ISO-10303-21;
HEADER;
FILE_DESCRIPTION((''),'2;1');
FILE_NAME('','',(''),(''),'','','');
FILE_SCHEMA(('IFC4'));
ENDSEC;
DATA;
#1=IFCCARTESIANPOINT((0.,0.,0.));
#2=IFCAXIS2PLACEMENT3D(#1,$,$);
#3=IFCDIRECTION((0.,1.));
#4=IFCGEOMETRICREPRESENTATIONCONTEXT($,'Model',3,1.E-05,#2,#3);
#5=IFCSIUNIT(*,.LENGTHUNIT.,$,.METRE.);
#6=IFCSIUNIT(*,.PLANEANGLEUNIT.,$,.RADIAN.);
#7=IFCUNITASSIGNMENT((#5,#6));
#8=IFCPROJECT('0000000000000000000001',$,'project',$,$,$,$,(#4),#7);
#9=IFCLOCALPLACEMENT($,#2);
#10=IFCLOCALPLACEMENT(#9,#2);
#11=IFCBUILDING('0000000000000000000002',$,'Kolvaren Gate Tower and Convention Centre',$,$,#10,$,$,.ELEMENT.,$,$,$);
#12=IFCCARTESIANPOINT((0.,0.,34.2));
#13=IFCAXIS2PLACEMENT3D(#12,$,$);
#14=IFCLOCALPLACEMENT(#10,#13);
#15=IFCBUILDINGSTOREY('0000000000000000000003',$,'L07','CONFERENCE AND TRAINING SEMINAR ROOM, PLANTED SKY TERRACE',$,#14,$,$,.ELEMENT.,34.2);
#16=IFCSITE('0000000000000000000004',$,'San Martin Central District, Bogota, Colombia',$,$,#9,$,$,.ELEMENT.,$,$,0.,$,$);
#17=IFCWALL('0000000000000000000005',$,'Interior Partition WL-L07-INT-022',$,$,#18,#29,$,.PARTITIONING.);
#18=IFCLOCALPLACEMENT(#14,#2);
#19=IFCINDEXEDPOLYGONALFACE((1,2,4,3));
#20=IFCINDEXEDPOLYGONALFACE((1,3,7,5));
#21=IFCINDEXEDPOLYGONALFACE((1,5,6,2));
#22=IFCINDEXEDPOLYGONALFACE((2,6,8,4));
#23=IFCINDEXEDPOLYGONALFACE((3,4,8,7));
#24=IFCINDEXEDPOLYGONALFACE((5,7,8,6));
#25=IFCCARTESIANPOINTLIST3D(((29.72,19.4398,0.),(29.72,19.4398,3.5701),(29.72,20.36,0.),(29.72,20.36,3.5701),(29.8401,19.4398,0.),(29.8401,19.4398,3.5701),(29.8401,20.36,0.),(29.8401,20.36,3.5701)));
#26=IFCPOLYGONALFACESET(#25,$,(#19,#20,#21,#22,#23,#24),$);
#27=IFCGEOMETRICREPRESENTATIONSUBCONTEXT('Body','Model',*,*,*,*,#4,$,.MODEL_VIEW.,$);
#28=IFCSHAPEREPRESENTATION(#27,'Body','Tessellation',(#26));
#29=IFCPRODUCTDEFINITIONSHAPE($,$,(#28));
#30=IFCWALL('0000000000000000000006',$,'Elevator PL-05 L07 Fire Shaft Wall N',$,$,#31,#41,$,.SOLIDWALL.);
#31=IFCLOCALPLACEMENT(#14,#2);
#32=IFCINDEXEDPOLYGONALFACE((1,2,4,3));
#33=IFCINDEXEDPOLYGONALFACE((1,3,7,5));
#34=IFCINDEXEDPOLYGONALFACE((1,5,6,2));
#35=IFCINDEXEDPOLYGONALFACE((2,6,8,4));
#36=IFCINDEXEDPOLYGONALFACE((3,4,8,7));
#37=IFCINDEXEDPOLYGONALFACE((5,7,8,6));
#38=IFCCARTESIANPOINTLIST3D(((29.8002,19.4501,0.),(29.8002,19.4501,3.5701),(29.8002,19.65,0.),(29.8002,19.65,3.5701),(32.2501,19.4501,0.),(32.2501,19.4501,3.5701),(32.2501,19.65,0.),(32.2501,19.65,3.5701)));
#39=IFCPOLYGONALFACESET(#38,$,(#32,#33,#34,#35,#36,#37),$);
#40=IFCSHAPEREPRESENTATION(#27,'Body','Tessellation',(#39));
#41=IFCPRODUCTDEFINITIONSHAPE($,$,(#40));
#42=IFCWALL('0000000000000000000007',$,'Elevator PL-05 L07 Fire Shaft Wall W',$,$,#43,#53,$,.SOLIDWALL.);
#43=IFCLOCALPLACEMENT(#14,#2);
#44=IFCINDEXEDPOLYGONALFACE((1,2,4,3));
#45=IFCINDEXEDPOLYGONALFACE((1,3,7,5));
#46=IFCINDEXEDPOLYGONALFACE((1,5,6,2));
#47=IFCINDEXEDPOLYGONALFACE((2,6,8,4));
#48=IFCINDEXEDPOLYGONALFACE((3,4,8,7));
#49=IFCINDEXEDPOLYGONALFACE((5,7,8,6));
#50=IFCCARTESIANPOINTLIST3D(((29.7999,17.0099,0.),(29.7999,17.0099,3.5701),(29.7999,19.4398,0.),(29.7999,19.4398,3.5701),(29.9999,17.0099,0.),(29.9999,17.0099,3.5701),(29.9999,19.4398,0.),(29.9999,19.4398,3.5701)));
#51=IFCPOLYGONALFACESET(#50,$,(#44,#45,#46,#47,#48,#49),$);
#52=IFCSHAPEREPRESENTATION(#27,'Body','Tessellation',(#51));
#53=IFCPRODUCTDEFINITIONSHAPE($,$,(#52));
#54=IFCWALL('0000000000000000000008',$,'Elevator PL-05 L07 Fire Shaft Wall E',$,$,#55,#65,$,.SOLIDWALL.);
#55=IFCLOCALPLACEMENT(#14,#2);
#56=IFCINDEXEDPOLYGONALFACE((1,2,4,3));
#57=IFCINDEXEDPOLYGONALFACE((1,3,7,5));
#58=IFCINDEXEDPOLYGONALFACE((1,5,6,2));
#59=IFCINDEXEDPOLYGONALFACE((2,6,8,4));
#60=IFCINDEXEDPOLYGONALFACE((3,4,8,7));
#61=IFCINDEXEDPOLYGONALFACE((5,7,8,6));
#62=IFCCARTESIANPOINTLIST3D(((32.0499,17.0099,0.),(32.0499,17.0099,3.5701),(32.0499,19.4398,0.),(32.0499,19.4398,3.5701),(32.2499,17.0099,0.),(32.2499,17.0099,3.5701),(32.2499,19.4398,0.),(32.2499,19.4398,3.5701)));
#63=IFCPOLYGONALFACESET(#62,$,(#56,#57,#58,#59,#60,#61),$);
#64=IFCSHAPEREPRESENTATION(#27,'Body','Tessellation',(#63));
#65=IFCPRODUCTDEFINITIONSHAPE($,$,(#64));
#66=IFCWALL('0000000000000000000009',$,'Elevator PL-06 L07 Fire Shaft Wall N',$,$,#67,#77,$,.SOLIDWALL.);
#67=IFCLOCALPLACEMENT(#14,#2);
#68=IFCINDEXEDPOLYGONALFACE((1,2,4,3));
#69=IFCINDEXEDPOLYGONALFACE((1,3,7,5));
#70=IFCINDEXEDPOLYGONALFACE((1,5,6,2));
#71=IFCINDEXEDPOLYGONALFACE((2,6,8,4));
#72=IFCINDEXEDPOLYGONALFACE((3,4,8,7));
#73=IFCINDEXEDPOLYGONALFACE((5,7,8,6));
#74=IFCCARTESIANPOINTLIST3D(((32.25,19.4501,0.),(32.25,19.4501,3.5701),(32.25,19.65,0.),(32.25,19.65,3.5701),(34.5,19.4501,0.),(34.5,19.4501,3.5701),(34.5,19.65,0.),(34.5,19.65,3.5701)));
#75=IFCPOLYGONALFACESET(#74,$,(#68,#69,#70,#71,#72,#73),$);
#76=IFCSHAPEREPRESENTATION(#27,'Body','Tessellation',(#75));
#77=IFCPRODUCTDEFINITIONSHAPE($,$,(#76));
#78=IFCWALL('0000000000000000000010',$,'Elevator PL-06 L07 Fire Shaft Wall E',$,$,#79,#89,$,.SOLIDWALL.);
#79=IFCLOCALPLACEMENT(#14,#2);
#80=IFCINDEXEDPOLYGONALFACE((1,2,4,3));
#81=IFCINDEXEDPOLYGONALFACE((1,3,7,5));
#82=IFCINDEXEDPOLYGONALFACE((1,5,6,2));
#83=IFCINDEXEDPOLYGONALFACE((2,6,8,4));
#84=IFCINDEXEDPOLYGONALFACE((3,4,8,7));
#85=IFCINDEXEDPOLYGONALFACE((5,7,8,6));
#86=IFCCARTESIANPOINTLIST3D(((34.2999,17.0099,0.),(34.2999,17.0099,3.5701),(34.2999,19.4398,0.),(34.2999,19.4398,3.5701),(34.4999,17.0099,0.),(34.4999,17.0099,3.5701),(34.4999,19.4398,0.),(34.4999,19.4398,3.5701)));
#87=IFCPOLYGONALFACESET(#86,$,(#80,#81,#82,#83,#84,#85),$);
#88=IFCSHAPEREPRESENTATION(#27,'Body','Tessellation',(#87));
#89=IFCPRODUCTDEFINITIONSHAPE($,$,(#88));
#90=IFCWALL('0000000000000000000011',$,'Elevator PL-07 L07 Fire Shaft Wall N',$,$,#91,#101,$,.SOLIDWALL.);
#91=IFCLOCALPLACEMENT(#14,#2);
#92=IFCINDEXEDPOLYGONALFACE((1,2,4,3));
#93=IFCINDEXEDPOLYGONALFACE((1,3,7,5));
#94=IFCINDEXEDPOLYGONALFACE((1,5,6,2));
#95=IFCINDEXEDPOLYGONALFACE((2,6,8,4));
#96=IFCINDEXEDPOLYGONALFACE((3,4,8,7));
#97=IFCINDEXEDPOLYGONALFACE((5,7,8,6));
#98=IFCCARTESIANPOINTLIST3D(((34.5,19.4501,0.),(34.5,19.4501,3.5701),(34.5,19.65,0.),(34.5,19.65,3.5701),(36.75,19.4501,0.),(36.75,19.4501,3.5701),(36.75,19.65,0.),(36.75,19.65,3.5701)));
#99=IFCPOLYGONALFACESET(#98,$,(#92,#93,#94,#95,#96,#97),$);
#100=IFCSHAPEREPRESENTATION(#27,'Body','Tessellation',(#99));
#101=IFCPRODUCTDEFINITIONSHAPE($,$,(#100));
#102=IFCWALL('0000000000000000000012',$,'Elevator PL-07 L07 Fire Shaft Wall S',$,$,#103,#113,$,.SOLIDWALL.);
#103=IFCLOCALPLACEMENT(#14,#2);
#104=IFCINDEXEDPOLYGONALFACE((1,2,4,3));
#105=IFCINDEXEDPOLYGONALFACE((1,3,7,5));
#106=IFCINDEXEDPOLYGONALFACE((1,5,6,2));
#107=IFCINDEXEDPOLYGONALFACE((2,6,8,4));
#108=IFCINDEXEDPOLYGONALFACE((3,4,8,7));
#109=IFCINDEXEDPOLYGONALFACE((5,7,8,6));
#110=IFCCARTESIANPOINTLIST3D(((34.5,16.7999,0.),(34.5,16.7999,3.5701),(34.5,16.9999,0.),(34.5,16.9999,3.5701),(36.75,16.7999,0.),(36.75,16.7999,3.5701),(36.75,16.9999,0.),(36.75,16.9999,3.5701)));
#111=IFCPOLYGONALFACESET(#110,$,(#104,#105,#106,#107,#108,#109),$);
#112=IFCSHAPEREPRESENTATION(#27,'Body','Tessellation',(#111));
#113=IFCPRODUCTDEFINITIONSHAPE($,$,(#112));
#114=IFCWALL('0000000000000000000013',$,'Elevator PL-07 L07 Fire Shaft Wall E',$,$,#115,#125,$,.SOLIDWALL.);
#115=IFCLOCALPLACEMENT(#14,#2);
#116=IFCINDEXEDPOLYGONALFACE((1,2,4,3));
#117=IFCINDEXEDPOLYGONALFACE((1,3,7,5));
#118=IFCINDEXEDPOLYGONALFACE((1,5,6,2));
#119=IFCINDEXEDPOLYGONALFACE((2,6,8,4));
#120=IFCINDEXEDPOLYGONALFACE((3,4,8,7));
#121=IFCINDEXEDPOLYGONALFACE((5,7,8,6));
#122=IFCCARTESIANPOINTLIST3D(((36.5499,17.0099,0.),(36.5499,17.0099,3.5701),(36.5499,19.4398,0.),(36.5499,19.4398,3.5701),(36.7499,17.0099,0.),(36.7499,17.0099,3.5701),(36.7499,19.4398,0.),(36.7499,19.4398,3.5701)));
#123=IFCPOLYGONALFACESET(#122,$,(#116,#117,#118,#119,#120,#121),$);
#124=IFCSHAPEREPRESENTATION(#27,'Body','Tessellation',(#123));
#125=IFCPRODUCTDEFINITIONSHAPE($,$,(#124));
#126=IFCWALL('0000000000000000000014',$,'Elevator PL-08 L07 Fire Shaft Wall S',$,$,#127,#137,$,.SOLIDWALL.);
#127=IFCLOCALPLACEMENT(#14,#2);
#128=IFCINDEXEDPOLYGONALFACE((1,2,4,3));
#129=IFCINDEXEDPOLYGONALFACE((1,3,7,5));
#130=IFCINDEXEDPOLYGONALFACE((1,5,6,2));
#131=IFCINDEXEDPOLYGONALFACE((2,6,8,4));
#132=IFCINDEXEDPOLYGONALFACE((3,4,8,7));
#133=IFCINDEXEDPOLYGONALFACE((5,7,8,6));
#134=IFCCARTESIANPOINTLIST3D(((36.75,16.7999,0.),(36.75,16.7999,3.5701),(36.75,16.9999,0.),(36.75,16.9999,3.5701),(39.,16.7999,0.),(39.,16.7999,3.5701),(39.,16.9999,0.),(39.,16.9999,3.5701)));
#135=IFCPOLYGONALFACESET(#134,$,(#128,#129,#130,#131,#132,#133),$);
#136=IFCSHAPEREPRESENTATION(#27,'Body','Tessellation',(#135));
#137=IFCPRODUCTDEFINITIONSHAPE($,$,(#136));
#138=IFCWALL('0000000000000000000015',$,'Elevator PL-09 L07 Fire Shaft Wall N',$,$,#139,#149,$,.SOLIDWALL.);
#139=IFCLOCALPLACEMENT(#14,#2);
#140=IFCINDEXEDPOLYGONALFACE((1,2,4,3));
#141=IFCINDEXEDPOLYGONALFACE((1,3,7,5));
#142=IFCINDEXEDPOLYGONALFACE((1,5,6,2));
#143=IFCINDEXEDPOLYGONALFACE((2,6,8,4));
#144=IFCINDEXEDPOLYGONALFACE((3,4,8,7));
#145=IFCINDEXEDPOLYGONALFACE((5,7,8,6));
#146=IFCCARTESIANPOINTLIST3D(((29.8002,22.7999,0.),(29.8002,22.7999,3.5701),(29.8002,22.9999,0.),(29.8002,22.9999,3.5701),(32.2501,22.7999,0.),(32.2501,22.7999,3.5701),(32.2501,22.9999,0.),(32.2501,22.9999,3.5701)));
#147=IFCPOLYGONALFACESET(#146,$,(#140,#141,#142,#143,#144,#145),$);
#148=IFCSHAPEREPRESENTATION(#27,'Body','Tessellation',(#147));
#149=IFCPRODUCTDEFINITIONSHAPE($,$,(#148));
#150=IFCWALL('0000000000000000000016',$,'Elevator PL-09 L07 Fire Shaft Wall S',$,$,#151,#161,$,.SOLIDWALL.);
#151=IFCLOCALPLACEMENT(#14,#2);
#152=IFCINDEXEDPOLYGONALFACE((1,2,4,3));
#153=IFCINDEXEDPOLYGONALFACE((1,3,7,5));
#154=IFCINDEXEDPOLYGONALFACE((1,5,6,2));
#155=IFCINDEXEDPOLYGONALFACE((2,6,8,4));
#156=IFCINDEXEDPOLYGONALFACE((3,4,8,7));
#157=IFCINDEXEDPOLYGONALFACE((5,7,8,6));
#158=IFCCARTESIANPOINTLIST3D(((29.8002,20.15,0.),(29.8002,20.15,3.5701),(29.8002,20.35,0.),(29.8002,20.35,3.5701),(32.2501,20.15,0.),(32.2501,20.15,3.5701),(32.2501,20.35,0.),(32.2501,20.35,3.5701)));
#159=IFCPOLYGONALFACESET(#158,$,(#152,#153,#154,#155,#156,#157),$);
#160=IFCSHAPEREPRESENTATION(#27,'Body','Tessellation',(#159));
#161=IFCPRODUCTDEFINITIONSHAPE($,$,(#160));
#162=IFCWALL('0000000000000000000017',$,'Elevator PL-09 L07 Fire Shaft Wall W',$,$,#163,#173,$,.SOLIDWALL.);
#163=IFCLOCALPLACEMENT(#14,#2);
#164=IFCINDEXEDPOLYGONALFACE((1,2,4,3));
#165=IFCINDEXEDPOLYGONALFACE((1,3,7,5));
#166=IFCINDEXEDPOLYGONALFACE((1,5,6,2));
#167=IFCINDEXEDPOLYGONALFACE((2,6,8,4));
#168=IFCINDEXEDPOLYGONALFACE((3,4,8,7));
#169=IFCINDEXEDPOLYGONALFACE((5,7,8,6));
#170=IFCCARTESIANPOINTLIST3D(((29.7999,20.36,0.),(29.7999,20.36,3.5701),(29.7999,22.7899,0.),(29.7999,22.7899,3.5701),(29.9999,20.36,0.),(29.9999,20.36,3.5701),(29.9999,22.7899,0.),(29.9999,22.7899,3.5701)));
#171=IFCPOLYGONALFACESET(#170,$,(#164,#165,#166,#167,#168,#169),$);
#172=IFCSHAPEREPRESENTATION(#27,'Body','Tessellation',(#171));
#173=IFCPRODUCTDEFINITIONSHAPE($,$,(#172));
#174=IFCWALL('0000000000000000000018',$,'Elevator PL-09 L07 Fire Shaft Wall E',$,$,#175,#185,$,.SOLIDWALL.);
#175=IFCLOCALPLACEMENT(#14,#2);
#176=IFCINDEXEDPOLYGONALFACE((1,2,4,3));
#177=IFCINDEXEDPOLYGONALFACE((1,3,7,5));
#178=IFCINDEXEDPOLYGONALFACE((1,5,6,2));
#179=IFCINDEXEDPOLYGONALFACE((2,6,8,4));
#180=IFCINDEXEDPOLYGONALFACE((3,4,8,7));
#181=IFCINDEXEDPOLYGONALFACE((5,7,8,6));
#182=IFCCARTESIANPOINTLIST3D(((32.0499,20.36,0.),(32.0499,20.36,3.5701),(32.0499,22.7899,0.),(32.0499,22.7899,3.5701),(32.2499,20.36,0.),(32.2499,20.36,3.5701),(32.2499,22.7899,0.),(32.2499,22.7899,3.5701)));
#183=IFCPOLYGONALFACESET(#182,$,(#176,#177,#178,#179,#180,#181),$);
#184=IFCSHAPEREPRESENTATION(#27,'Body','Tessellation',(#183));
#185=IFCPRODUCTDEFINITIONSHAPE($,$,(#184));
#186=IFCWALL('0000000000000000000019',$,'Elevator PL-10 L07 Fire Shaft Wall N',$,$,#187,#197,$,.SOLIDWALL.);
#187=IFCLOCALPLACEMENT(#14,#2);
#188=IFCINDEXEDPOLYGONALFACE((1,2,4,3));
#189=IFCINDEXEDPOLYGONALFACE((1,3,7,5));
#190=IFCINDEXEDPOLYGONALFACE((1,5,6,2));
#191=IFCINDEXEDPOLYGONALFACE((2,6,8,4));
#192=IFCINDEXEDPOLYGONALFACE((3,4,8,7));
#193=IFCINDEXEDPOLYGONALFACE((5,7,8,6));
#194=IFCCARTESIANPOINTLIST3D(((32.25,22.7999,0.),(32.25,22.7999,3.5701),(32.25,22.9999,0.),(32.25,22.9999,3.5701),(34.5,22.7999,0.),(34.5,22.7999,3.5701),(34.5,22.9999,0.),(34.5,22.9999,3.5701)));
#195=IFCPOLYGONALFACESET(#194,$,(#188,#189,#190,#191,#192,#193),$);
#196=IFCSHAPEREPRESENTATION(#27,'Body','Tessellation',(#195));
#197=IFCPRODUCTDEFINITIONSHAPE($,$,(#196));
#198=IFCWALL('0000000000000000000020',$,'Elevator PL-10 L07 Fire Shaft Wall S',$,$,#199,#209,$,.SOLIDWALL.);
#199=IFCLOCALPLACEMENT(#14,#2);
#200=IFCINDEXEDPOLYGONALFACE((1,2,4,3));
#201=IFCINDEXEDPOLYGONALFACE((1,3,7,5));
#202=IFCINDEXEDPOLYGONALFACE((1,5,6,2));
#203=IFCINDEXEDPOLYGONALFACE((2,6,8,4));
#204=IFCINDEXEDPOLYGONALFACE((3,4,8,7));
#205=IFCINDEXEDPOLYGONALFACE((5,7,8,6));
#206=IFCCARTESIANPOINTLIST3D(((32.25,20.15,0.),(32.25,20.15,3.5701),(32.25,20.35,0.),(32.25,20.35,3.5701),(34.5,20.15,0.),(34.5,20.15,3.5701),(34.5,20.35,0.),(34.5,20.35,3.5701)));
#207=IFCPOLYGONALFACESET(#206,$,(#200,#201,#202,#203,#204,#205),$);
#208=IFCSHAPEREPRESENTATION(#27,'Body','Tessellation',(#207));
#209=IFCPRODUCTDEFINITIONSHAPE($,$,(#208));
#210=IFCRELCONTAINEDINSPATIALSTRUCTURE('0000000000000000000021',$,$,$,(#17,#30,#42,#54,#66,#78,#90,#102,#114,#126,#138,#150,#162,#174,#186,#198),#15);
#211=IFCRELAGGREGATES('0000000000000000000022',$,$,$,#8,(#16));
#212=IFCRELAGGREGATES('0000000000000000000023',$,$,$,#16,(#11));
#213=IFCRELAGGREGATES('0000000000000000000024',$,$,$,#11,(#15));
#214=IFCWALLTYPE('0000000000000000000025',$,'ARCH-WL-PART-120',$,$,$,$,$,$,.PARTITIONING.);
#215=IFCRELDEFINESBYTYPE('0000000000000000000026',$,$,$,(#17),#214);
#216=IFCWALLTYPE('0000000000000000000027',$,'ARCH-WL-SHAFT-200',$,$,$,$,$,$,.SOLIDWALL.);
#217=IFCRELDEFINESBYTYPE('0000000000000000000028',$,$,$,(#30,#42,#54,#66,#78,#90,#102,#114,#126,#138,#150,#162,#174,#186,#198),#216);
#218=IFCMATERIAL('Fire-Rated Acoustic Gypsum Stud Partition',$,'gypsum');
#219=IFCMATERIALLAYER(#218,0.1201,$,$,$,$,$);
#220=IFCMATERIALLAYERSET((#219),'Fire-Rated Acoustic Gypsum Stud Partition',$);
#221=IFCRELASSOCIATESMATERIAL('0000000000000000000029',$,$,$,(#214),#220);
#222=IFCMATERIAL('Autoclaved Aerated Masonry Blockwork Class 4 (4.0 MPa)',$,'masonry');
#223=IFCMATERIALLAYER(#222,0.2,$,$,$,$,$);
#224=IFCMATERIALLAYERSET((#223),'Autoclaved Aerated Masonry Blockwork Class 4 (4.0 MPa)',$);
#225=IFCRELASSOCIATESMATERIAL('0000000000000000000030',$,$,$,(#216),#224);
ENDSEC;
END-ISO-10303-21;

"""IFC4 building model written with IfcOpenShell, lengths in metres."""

from ifc_helpers import new_model, si_unit, direction, frame, frame_2d, origin, place, context, subcontext, project, spatial, rectangle, extrude, material, layer, layer_set, type_object, element, save


model = new_model("IFC4")

# Units and contexts
model_context = context("Model", 3, precision=1e-05, world=origin(), true_north=direction((0.0, 1.0)))
body_context = subcontext(model_context, "Body", "Model", "MODEL_VIEW")
ifc_project = project(units=[si_unit("LENGTHUNIT", "METRE"), si_unit("PLANEANGLEUNIT", "RADIAN")], contexts=[model_context])

# Site, building, storey
site_placement = place(None, origin())
site = spatial("IfcSite", under=ifc_project, at=site_placement, Name="San Martin Central District, Bogota, Colombia", CompositionType="ELEMENT", RefElevation=0.0)
building_placement = place(site_placement, origin())
building = spatial("IfcBuilding", under=site, at=building_placement, Name="Kolvaren Gate Tower and Convention Centre", CompositionType="ELEMENT")
storey_placement = place(building_placement, frame((0.0, 0.0, 34.2)))
storey = spatial("IfcBuildingStorey", under=building, at=storey_placement, Name="L07", Description="CONFERENCE AND TRAINING SEMINAR ROOM, PLANTED SKY TERRACE", CompositionType="ELEMENT", Elevation=34.2)

# Walls
ifc_material_1 = material(Name="Fire-Rated Acoustic Gypsum Stud Partition", Category="gypsum")
ifc_layer_1 = layer(ifc_material_1, 0.1201)
ifc_layer_set_1 = layer_set([ifc_layer_1], Name="Fire-Rated Acoustic Gypsum Stud Partition")
wall_type_1 = type_object("IfcWallType", Name="ARCH-WL-PART-120", PredefinedType="PARTITIONING", material=ifc_layer_set_1)
wall_1_placement = place(storey_placement, frame((29.78, 19.4399, 0.0), z_axis=(0.0, 0.0, 1.0), x_axis=(0.0, 1.0, 0.0)))
element("IfcWall", 1, at=wall_1_placement, inside=storey, type_object=wall_type_1, Name="Interior Partition WL-L07-INT-022", PredefinedType="PARTITIONING", context=body_context, shape_type="SweptSolid", body=[
    extrude(rectangle(XDim=0.9202, YDim=0.1201, at=frame_2d((0.46, 0.0))), origin(), (0.0, 0.0, 1.0), 3.5701),
])
ifc_material_2 = material(Name="Autoclaved Aerated Masonry Blockwork Class 4 (4.0 MPa)", Category="masonry")
ifc_layer_2 = layer(ifc_material_2, 0.2)
ifc_layer_set_2 = layer_set([ifc_layer_2], Name="Autoclaved Aerated Masonry Blockwork Class 4 (4.0 MPa)")
wall_type_2 = type_object("IfcWallType", Name="ARCH-WL-SHAFT-200", PredefinedType="SOLIDWALL", material=ifc_layer_set_2)
wall_2_placement = place(storey_placement, frame((29.8, 19.55, 0.0), z_axis=(0.0, 0.0, 1.0), x_axis=(1.0, 0.0, 0.0)))
element("IfcWall", 2, at=wall_2_placement, inside=storey, type_object=wall_type_2, Name="Elevator PL-05 L07 Fire Shaft Wall N", PredefinedType="SOLIDWALL", context=body_context, shape_type="SweptSolid", body=[
    extrude(rectangle(XDim=2.45, YDim=0.2, at=frame_2d((1.2251, 0.0))), origin(), (0.0, 0.0, 1.0), 3.5701),
])
for number, where, z_axis, x_axis, name in (
    (3, (29.8999, 17.01, 0.0), (0.0, 0.0, 1.0), (0.0, 1.0, 0.0), "Elevator PL-05 L07 Fire Shaft Wall W"),
    (4, (32.1499, 17.01, 0.0), (0.0, 0.0, 1.0), (0.0, 1.0, 0.0), "Elevator PL-05 L07 Fire Shaft Wall E"),
):
    element("IfcWall", number, at=place(storey_placement, frame(where, z_axis=z_axis, x_axis=x_axis)), inside=storey, type_object=wall_type_2, Name=name, PredefinedType="SOLIDWALL", context=body_context, shape_type="SweptSolid", body=[
        extrude(rectangle(XDim=2.4299, YDim=0.2, at=frame_2d((1.2148, 0.0))), origin(), (0.0, 0.0, 1.0), 3.5701),
    ])
wall_3_placement = place(storey_placement, frame((32.25, 19.55, 0.0), z_axis=(0.0, 0.0, 1.0), x_axis=(1.0, 0.0, 0.0)))
element("IfcWall", 5, at=wall_3_placement, inside=storey, type_object=wall_type_2, Name="Elevator PL-06 L07 Fire Shaft Wall N", PredefinedType="SOLIDWALL", context=body_context, shape_type="SweptSolid", body=[
    extrude(rectangle(XDim=2.25, YDim=0.2, at=frame_2d((1.125, 0.0))), origin(), (0.0, 0.0, 1.0), 3.5701),
])
wall_4_placement = place(storey_placement, frame((34.3999, 17.01, 0.0), z_axis=(0.0, 0.0, 1.0), x_axis=(0.0, 1.0, 0.0)))
element("IfcWall", 6, at=wall_4_placement, inside=storey, type_object=wall_type_2, Name="Elevator PL-06 L07 Fire Shaft Wall E", PredefinedType="SOLIDWALL", context=body_context, shape_type="SweptSolid", body=[
    extrude(rectangle(XDim=2.4299, YDim=0.2, at=frame_2d((1.2148, 0.0))), origin(), (0.0, 0.0, 1.0), 3.5701),
])
for number, where, z_axis, x_axis, name in (
    (7, (34.5, 19.55, 0.0), (0.0, 0.0, 1.0), (1.0, 0.0, 0.0), "Elevator PL-07 L07 Fire Shaft Wall N"),
    (8, (34.5, 16.8999, 0.0), (0.0, 0.0, 1.0), (1.0, 0.0, 0.0), "Elevator PL-07 L07 Fire Shaft Wall S"),
):
    element("IfcWall", number, at=place(storey_placement, frame(where, z_axis=z_axis, x_axis=x_axis)), inside=storey, type_object=wall_type_2, Name=name, PredefinedType="SOLIDWALL", context=body_context, shape_type="SweptSolid", body=[
        extrude(rectangle(XDim=2.25, YDim=0.2, at=frame_2d((1.125, 0.0))), origin(), (0.0, 0.0, 1.0), 3.5701),
    ])
wall_5_placement = place(storey_placement, frame((36.6499, 17.01, 0.0), z_axis=(0.0, 0.0, 1.0), x_axis=(0.0, 1.0, 0.0)))
element("IfcWall", 9, at=wall_5_placement, inside=storey, type_object=wall_type_2, Name="Elevator PL-07 L07 Fire Shaft Wall E", PredefinedType="SOLIDWALL", context=body_context, shape_type="SweptSolid", body=[
    extrude(rectangle(XDim=2.4299, YDim=0.2, at=frame_2d((1.2148, 0.0))), origin(), (0.0, 0.0, 1.0), 3.5701),
])
wall_6_placement = place(storey_placement, frame((36.75, 16.8999, 0.0), z_axis=(0.0, 0.0, 1.0), x_axis=(1.0, 0.0, 0.0)))
element("IfcWall", 10, at=wall_6_placement, inside=storey, type_object=wall_type_2, Name="Elevator PL-08 L07 Fire Shaft Wall S", PredefinedType="SOLIDWALL", context=body_context, shape_type="SweptSolid", body=[
    extrude(rectangle(XDim=2.25, YDim=0.2, at=frame_2d((1.125, 0.0))), origin(), (0.0, 0.0, 1.0), 3.5701),
])
for number, where, z_axis, x_axis, name in (
    (11, (29.8, 22.8999, 0.0), (0.0, 0.0, 1.0), (1.0, 0.0, 0.0), "Elevator PL-09 L07 Fire Shaft Wall N"),
    (12, (29.8, 20.25, 0.0), (0.0, 0.0, 1.0), (1.0, 0.0, 0.0), "Elevator PL-09 L07 Fire Shaft Wall S"),
):
    element("IfcWall", number, at=place(storey_placement, frame(where, z_axis=z_axis, x_axis=x_axis)), inside=storey, type_object=wall_type_2, Name=name, PredefinedType="SOLIDWALL", context=body_context, shape_type="SweptSolid", body=[
        extrude(rectangle(XDim=2.45, YDim=0.2, at=frame_2d((1.2251, 0.0))), origin(), (0.0, 0.0, 1.0), 3.5701),
    ])
for number, where, z_axis, x_axis, name in (
    (13, (29.8999, 20.3601, 0.0), (0.0, 0.0, 1.0), (0.0, 1.0, 0.0), "Elevator PL-09 L07 Fire Shaft Wall W"),
    (14, (32.1499, 20.3601, 0.0), (0.0, 0.0, 1.0), (0.0, 1.0, 0.0), "Elevator PL-09 L07 Fire Shaft Wall E"),
):
    element("IfcWall", number, at=place(storey_placement, frame(where, z_axis=z_axis, x_axis=x_axis)), inside=storey, type_object=wall_type_2, Name=name, PredefinedType="SOLIDWALL", context=body_context, shape_type="SweptSolid", body=[
        extrude(rectangle(XDim=2.4299, YDim=0.2, at=frame_2d((1.2148, 0.0))), origin(), (0.0, 0.0, 1.0), 3.5701),
    ])
for number, where, z_axis, x_axis, name in (
    (15, (32.25, 22.8999, 0.0), (0.0, 0.0, 1.0), (1.0, 0.0, 0.0), "Elevator PL-10 L07 Fire Shaft Wall N"),
    (16, (32.25, 20.25, 0.0), (0.0, 0.0, 1.0), (1.0, 0.0, 0.0), "Elevator PL-10 L07 Fire Shaft Wall S"),
):
    element("IfcWall", number, at=place(storey_placement, frame(where, z_axis=z_axis, x_axis=x_axis)), inside=storey, type_object=wall_type_2, Name=name, PredefinedType="SOLIDWALL", context=body_context, shape_type="SweptSolid", body=[
        extrude(rectangle(XDim=2.25, YDim=0.2, at=frame_2d((1.125, 0.0))), origin(), (0.0, 0.0, 1.0), 3.5701),
    ])

save(model, "model.ifc")
